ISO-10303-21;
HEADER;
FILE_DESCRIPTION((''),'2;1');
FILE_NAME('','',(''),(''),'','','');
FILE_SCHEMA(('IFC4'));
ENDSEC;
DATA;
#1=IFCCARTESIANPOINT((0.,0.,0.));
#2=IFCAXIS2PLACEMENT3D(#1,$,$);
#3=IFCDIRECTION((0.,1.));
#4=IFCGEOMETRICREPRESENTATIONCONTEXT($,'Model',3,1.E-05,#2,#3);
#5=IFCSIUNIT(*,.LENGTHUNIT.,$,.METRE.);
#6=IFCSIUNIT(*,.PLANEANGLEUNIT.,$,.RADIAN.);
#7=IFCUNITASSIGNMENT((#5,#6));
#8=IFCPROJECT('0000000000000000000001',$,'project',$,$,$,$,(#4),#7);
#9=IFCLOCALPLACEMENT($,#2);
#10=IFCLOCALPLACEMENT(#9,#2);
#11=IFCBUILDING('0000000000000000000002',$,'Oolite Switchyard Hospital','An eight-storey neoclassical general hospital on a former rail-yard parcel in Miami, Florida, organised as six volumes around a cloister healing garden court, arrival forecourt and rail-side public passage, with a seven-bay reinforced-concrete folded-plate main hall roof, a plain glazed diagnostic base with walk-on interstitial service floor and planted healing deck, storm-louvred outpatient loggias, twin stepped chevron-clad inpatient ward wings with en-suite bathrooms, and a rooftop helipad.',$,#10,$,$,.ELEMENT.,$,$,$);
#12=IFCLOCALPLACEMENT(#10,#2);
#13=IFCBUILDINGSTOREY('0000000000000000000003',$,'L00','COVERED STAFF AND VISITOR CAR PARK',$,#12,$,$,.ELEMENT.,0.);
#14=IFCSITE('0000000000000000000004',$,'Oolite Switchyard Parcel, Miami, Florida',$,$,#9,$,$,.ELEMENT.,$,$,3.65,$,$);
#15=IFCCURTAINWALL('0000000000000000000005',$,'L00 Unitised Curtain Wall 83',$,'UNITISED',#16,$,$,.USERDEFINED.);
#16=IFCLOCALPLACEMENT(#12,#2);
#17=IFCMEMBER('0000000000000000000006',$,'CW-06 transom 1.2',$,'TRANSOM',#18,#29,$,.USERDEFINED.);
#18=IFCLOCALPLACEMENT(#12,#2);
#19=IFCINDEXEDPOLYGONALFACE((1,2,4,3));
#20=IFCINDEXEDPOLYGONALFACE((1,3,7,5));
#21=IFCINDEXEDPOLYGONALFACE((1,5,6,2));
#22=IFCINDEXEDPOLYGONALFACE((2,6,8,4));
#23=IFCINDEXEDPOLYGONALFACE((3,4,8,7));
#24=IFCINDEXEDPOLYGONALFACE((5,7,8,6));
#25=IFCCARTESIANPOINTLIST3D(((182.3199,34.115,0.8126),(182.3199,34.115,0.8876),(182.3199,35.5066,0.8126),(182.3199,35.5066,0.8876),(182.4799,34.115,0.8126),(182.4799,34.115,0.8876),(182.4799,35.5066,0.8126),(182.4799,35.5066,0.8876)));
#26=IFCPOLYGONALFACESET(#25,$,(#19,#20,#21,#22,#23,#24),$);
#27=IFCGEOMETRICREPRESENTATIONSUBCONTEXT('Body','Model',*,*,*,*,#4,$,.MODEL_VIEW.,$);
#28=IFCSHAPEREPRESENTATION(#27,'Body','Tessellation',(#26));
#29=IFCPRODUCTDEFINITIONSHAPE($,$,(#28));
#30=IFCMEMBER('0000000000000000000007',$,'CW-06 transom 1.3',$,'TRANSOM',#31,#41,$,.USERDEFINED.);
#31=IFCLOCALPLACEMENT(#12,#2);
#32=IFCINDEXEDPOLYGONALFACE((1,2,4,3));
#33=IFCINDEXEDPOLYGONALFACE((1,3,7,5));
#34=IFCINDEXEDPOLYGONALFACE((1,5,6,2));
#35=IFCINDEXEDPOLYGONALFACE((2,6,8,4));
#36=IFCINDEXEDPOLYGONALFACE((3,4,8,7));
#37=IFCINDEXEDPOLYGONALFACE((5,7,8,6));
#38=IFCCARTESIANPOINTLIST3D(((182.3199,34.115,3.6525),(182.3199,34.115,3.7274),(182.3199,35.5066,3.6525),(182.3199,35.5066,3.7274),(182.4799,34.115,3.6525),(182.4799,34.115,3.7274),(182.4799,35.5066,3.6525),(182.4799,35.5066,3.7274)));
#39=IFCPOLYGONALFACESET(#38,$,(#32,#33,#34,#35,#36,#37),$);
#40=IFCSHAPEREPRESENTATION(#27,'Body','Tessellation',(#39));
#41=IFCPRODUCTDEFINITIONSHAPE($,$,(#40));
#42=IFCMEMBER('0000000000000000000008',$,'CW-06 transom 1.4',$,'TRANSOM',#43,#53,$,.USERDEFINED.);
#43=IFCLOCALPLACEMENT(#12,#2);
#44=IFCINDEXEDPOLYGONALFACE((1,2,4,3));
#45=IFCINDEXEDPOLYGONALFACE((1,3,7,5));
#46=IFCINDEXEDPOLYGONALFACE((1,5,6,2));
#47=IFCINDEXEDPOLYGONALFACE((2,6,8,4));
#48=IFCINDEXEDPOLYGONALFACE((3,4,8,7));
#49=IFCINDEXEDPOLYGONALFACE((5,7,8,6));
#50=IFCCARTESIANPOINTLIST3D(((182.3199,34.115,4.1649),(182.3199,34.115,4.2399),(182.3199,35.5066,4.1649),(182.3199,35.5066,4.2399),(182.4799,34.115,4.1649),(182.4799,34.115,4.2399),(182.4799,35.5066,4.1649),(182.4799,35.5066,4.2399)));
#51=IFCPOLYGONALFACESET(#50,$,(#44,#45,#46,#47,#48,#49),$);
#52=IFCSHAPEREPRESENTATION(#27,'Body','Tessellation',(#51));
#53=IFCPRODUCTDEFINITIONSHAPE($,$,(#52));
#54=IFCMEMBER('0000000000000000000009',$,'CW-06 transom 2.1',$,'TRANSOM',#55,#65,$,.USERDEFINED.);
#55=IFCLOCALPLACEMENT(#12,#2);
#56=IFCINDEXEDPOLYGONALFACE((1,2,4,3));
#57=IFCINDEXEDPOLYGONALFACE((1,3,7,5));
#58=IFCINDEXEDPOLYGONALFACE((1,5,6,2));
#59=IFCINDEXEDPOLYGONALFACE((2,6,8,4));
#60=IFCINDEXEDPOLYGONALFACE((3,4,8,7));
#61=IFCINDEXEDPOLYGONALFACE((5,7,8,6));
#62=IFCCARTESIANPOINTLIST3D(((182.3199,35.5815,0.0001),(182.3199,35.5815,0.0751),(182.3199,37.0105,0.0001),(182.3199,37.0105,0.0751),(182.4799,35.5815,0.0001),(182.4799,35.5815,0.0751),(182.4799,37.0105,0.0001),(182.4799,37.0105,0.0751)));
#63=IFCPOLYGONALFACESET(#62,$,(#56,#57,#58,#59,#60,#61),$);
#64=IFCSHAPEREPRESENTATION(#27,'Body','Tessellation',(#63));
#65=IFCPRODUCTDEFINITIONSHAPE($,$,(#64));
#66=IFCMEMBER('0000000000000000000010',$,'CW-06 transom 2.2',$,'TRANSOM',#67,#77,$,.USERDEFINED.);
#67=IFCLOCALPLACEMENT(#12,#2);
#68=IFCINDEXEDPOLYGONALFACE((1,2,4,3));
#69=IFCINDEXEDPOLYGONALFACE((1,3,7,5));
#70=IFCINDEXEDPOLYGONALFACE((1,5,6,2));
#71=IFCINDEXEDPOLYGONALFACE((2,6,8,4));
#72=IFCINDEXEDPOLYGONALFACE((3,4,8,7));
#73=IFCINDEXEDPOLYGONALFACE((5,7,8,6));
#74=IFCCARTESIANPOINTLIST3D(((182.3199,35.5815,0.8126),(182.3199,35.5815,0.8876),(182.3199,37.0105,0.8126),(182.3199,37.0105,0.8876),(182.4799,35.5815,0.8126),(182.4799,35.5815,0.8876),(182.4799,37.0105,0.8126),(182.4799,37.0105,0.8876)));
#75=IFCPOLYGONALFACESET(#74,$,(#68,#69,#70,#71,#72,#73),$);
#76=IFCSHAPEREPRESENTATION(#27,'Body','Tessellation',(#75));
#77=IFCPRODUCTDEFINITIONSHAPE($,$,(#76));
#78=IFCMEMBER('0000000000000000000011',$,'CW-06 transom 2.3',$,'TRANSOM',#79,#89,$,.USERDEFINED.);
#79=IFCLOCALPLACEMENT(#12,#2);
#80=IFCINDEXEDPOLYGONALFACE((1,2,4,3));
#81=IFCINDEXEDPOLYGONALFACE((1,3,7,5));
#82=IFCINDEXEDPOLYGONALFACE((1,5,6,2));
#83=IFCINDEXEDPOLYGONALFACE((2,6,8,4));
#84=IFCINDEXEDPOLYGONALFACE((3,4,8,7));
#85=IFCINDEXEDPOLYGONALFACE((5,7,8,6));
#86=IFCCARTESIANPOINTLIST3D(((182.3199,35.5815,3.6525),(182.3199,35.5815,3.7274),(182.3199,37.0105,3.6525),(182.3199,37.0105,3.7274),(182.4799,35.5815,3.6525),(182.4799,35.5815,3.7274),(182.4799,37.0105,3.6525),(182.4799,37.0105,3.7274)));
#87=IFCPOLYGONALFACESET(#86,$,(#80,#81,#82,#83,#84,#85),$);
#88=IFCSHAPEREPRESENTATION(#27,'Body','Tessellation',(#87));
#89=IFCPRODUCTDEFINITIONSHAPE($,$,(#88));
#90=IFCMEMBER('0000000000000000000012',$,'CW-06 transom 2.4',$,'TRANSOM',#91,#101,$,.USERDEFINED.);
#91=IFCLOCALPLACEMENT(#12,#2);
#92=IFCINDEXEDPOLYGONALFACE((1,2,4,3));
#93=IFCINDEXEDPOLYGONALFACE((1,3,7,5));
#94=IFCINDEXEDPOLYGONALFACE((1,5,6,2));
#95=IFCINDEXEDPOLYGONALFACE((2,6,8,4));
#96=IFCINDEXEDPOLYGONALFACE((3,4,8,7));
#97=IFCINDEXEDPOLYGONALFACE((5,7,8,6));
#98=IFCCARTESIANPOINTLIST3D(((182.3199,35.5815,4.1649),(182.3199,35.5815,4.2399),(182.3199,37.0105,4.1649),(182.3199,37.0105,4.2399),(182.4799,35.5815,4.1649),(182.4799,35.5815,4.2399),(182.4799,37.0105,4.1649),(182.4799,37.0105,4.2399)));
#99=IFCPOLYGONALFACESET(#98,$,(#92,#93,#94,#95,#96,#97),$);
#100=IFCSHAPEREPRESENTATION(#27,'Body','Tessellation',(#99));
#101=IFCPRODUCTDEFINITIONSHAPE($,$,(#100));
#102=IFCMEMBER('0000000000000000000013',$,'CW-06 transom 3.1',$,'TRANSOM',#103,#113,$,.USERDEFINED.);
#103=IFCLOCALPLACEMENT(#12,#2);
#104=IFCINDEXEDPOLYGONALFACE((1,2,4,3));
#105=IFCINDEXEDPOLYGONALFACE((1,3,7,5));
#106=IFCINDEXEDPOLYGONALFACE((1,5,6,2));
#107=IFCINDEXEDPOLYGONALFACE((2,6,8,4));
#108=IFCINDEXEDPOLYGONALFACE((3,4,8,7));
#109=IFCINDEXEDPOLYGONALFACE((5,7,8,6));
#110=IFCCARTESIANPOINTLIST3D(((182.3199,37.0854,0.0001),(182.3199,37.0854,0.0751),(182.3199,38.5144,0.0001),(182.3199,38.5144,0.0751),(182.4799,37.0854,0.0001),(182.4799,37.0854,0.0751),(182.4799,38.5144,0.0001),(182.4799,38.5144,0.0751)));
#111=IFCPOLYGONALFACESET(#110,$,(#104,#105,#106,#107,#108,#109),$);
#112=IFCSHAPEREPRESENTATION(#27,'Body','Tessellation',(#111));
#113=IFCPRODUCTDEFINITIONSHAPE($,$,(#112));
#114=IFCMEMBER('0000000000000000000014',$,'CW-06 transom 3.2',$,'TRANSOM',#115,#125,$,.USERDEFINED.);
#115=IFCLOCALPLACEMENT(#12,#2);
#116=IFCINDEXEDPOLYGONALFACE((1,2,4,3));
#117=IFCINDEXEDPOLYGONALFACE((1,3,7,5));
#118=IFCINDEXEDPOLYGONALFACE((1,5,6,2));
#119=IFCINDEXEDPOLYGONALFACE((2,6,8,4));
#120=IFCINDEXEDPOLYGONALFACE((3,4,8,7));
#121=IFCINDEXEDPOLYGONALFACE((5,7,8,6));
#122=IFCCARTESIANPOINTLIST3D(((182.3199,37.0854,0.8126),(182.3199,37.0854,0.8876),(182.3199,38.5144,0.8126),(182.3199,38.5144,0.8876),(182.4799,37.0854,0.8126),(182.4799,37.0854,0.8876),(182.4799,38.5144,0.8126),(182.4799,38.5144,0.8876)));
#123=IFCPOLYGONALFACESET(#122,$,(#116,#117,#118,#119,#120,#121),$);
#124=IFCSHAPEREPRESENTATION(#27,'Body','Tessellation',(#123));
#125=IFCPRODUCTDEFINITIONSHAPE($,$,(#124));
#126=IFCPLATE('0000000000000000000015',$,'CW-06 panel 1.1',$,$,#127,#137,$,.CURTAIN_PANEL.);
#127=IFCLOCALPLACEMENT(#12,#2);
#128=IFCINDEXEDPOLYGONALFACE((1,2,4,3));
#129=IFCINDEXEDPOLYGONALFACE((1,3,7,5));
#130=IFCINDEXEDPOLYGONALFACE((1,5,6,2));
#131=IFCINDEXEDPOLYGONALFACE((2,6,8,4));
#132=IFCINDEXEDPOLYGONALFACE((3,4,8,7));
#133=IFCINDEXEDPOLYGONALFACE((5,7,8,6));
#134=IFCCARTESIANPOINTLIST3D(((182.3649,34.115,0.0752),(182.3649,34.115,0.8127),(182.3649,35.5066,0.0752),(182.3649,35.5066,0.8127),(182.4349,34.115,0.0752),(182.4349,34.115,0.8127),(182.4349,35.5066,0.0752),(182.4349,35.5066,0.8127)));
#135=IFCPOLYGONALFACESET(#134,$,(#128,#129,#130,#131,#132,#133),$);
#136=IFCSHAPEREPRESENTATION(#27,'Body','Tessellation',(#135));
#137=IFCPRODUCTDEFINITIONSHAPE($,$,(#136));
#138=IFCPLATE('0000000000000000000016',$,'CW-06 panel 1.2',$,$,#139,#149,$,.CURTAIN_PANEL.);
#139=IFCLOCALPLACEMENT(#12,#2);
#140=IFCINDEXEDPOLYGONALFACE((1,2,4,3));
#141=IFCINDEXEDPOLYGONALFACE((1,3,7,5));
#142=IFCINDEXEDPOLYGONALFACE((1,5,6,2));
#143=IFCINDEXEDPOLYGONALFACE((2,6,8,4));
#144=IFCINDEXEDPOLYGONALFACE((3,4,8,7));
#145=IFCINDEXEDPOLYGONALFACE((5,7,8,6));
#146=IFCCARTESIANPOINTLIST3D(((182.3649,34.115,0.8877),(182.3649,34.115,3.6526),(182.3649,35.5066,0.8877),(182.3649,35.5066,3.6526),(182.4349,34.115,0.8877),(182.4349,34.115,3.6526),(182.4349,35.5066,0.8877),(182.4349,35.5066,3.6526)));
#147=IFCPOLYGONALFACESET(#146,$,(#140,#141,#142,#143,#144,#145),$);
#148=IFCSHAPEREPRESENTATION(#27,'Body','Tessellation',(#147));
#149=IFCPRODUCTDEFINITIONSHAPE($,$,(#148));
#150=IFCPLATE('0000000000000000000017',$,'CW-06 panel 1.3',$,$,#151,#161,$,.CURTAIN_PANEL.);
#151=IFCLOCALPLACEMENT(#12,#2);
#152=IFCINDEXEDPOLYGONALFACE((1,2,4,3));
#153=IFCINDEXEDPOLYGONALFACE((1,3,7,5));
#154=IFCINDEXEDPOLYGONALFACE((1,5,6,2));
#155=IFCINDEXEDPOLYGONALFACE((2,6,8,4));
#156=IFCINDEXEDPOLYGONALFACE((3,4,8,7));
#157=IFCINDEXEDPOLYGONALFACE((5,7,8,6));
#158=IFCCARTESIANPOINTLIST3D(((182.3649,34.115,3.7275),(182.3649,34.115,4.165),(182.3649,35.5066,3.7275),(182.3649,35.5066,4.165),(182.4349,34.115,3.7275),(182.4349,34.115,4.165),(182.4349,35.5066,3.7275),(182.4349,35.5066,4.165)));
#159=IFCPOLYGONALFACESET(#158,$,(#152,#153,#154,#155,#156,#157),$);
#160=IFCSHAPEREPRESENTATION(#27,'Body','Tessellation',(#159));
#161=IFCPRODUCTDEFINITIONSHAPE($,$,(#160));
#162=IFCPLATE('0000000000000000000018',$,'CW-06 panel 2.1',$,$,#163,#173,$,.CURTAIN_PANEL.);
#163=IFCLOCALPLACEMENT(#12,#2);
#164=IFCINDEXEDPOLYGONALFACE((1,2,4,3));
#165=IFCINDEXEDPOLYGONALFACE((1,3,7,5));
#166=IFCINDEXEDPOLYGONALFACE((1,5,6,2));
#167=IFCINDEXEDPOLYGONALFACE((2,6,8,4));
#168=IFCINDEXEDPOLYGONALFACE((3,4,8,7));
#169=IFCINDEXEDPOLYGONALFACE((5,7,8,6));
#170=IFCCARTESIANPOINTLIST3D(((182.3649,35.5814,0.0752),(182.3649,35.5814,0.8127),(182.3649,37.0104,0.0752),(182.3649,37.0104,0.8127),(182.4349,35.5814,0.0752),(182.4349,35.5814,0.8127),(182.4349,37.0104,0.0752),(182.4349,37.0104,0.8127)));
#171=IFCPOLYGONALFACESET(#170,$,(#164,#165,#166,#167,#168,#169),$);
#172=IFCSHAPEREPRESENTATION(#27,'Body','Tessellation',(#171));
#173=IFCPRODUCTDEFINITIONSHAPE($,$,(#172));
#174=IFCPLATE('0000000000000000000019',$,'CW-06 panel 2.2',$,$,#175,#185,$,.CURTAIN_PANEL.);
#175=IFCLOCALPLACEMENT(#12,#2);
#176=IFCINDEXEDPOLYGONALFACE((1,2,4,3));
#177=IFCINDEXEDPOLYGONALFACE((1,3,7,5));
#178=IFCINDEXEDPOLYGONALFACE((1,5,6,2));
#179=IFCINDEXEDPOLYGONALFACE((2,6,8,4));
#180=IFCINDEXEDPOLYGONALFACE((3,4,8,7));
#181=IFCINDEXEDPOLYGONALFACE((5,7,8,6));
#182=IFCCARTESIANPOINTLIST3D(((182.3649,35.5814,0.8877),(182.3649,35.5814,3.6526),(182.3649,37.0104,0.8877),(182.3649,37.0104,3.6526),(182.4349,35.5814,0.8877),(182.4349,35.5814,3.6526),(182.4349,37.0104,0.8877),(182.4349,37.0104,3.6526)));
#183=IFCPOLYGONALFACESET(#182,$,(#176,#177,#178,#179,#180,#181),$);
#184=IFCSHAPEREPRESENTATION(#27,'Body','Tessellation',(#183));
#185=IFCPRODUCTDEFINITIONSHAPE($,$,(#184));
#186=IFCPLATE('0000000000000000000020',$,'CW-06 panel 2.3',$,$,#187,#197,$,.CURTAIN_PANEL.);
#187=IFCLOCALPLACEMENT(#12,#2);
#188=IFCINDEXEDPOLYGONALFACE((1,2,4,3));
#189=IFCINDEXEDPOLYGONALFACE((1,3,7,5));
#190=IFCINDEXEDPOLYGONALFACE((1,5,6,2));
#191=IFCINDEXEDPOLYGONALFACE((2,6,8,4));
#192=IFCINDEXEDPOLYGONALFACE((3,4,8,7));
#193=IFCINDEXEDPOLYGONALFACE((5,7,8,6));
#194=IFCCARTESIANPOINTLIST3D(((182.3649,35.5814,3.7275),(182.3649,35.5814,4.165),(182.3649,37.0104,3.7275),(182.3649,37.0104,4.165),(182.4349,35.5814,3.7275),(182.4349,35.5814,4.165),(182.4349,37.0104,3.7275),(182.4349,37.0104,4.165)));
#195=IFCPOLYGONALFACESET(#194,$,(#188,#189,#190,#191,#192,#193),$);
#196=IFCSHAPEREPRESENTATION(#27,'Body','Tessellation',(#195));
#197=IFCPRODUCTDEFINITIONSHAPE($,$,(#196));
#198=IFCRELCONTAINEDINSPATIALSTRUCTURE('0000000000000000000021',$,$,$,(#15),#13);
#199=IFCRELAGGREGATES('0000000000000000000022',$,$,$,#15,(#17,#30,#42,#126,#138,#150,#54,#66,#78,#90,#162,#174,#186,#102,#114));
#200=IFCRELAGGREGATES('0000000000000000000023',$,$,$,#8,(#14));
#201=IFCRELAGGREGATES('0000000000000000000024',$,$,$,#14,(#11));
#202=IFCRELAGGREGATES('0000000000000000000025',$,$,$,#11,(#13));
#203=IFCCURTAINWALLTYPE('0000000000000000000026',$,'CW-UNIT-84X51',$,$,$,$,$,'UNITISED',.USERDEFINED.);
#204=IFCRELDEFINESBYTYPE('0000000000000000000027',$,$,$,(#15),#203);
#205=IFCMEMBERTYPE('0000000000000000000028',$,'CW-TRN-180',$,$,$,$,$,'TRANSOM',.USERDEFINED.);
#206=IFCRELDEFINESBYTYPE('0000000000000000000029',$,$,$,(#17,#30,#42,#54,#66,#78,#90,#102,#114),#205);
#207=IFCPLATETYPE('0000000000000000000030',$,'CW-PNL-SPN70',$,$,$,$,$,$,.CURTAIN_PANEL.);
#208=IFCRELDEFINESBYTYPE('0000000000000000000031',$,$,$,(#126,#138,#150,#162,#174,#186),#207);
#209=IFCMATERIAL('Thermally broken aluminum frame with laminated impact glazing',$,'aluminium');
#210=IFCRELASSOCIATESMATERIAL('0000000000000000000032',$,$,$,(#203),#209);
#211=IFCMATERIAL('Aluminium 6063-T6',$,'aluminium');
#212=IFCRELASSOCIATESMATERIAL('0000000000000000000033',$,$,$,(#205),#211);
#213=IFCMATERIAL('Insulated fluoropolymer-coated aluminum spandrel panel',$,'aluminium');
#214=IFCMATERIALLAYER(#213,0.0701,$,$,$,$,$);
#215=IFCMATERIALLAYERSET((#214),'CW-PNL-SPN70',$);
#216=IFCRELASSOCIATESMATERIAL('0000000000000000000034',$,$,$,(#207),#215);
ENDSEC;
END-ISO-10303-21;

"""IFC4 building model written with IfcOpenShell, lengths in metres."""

from ifc_helpers import new_model, si_unit, direction, frame, origin, origin_2d, place, context, subcontext, project, spatial, rectangle, extrude, material, layer, layer_set, material_profile, profile_set, type_object, element, aggregate, save


model = new_model("IFC4")

# Units and contexts
model_context = context("Model", 3, precision=1e-05, world=origin(), true_north=direction((0.0, 1.0)))
body_context = subcontext(model_context, "Body", "Model", "MODEL_VIEW")
ifc_project = project(units=[si_unit("LENGTHUNIT", "METRE"), si_unit("PLANEANGLEUNIT", "RADIAN")], contexts=[model_context])

# Site, building, storey
site_placement = place(None, origin())
site = spatial("IfcSite", under=ifc_project, at=site_placement, Name="Oolite Switchyard Parcel, Miami, Florida", CompositionType="ELEMENT", RefElevation=3.65)
building_placement = place(site_placement, origin())
building = spatial("IfcBuilding", under=site, at=building_placement, Name="Oolite Switchyard Hospital", Description="An eight-storey neoclassical general hospital on a former rail-yard parcel in Miami, Florida, organised as six volumes around a cloister healing garden court, arrival forecourt and rail-side public passage, with a seven-bay reinforced-concrete folded-plate main hall roof, a plain glazed diagnostic base with walk-on interstitial service floor and planted healing deck, storm-louvred outpatient loggias, twin stepped chevron-clad inpatient ward wings with en-suite bathrooms, and a rooftop helipad.", CompositionType="ELEMENT")
storey_placement = place(building_placement, origin())
storey = spatial("IfcBuildingStorey", under=building, at=storey_placement, Name="L00", Description="COVERED STAFF AND VISITOR CAR PARK", CompositionType="ELEMENT", Elevation=0.0)

# Shared definitions
ifc_material_1 = material(Name="Thermally broken aluminum frame with laminated impact glazing", Category="aluminium")
curtain_wall_type = type_object("IfcCurtainWallType", Name="CW-UNIT-84X51", ElementType="UNITISED", PredefinedType="USERDEFINED", material=ifc_material_1)
ifc_material_2 = material(Name="Aluminium 6063-T6", Category="aluminium")

# Curtain wall, members, plates
curtain_wall_1_placement = place(storey_placement, origin())
curtain_wall_1 = element("IfcCurtainWall", 1, at=curtain_wall_1_placement, inside=storey, type_object=curtain_wall_type, Name="L00 Unitised Curtain Wall 83", ObjectType="UNITISED", PredefinedType="USERDEFINED")
ifc_material_profile_1 = material_profile(ifc_material_2, rectangle(XDim=0.1599, YDim=0.075, at=origin_2d()), Name="CWT75X160")
ifc_profile_set_1 = profile_set([ifc_material_profile_1], Name="Aluminium 6063-T6")
member_type_1 = type_object("IfcMemberType", Name="CW-TRN-180", ElementType="TRANSOM", PredefinedType="USERDEFINED", material=ifc_profile_set_1)
member_1_placement = place(storey_placement, frame((182.3999, 34.115, 0.8501), z_axis=(0.0, 1.0, 0.0), x_axis=(-1.0, 0.0, 0.0)))
member_1 = element("IfcMember", 2, at=member_1_placement, type_object=member_type_1, Name="CW-06 transom 1.2", ObjectType="TRANSOM", PredefinedType="USERDEFINED", context=body_context, shape_type="SweptSolid", body=[
    extrude(rectangle(XDim=0.1599, YDim=0.075, at=origin_2d()), origin(), (0.0, 0.0, 1.0), 1.3916),
])
member_2_placement = place(storey_placement, frame((182.3999, 34.115, 3.6899), z_axis=(0.0, 1.0, 0.0), x_axis=(-1.0, 0.0, 0.0)))
member_2 = element("IfcMember", 3, at=member_2_placement, type_object=member_type_1, Name="CW-06 transom 1.3", ObjectType="TRANSOM", PredefinedType="USERDEFINED", context=body_context, shape_type="SweptSolid", body=[
    extrude(rectangle(XDim=0.1599, YDim=0.075, at=origin_2d()), origin(), (0.0, 0.0, 1.0), 1.3916),
])
member_3_placement = place(storey_placement, frame((182.3999, 34.115, 4.2024), z_axis=(0.0, 1.0, 0.0), x_axis=(-1.0, 0.0, 0.0)))
member_3 = element("IfcMember", 4, at=member_3_placement, type_object=member_type_1, Name="CW-06 transom 1.4", ObjectType="TRANSOM", PredefinedType="USERDEFINED", context=body_context, shape_type="SweptSolid", body=[
    extrude(rectangle(XDim=0.1599, YDim=0.075, at=origin_2d()), origin(), (0.0, 0.0, 1.0), 1.3916),
])
member_4_placement = place(storey_placement, frame((182.3999, 35.5815, 0.0376), z_axis=(0.0, 1.0, 0.0), x_axis=(-1.0, 0.0, 0.0)))
member_4 = element("IfcMember", 5, at=member_4_placement, type_object=member_type_1, Name="CW-06 transom 2.1", ObjectType="TRANSOM", PredefinedType="USERDEFINED", context=body_context, shape_type="SweptSolid", body=[
    extrude(rectangle(XDim=0.1599, YDim=0.075, at=origin_2d()), origin(), (0.0, 0.0, 1.0), 1.429),
])
member_5_placement = place(storey_placement, frame((182.3999, 35.5815, 0.8501), z_axis=(0.0, 1.0, 0.0), x_axis=(-1.0, 0.0, 0.0)))
member_5 = element("IfcMember", 6, at=member_5_placement, type_object=member_type_1, Name="CW-06 transom 2.2", ObjectType="TRANSOM", PredefinedType="USERDEFINED", context=body_context, shape_type="SweptSolid", body=[
    extrude(rectangle(XDim=0.1599, YDim=0.075, at=origin_2d()), origin(), (0.0, 0.0, 1.0), 1.429),
])
member_6_placement = place(storey_placement, frame((182.3999, 35.5815, 3.6899), z_axis=(0.0, 1.0, 0.0), x_axis=(-1.0, 0.0, 0.0)))
member_6 = element("IfcMember", 7, at=member_6_placement, type_object=member_type_1, Name="CW-06 transom 2.3", ObjectType="TRANSOM", PredefinedType="USERDEFINED", context=body_context, shape_type="SweptSolid", body=[
    extrude(rectangle(XDim=0.1599, YDim=0.075, at=origin_2d()), origin(), (0.0, 0.0, 1.0), 1.429),
])
member_7_placement = place(storey_placement, frame((182.3999, 35.5815, 4.2024), z_axis=(0.0, 1.0, 0.0), x_axis=(-1.0, 0.0, 0.0)))
member_7 = element("IfcMember", 8, at=member_7_placement, type_object=member_type_1, Name="CW-06 transom 2.4", ObjectType="TRANSOM", PredefinedType="USERDEFINED", context=body_context, shape_type="SweptSolid", body=[
    extrude(rectangle(XDim=0.1599, YDim=0.075, at=origin_2d()), origin(), (0.0, 0.0, 1.0), 1.429),
])
member_8_placement = place(storey_placement, frame((182.3999, 37.0854, 0.0376), z_axis=(0.0, 1.0, 0.0), x_axis=(-1.0, 0.0, 0.0)))
member_8 = element("IfcMember", 9, at=member_8_placement, type_object=member_type_1, Name="CW-06 transom 3.1", ObjectType="TRANSOM", PredefinedType="USERDEFINED", context=body_context, shape_type="SweptSolid", body=[
    extrude(rectangle(XDim=0.1599, YDim=0.075, at=origin_2d()), origin(), (0.0, 0.0, 1.0), 1.429),
])
member_9_placement = place(storey_placement, frame((182.3999, 37.0854, 0.8501), z_axis=(0.0, 1.0, 0.0), x_axis=(-1.0, 0.0, 0.0)))
member_9 = element("IfcMember", 10, at=member_9_placement, type_object=member_type_1, Name="CW-06 transom 3.2", ObjectType="TRANSOM", PredefinedType="USERDEFINED", context=body_context, shape_type="SweptSolid", body=[
    extrude(rectangle(XDim=0.1599, YDim=0.075, at=origin_2d()), origin(), (0.0, 0.0, 1.0), 1.429),
])
ifc_material_3 = material(Name="Insulated fluoropolymer-coated aluminum spandrel panel", Category="aluminium")
ifc_layer = layer(ifc_material_3, 0.0701)
ifc_layer_set = layer_set([ifc_layer], Name="CW-PNL-SPN70")
plate_type = type_object("IfcPlateType", Name="CW-PNL-SPN70", PredefinedType="CURTAIN_PANEL", material=ifc_layer_set)
plate_1_placement = place(storey_placement, frame((182.3999, 34.8108, 0.0752), z_axis=(0.0, 0.0, 1.0), x_axis=(0.0, 1.0, 0.0)))
plate_1 = element("IfcPlate", 11, at=plate_1_placement, type_object=plate_type, Name="CW-06 panel 1.1", PredefinedType="CURTAIN_PANEL", context=body_context, shape_type="SweptSolid", body=[
    extrude(rectangle(XDim=1.3916, YDim=0.0701, at=origin_2d()), origin(), (0.0, 0.0, 1.0), 0.7375),
])
plate_2_placement = place(storey_placement, frame((182.3999, 34.8108, 0.8877), z_axis=(0.0, 0.0, 1.0), x_axis=(0.0, 1.0, 0.0)))
plate_2 = element("IfcPlate", 12, at=plate_2_placement, type_object=plate_type, Name="CW-06 panel 1.2", PredefinedType="CURTAIN_PANEL", context=body_context, shape_type="SweptSolid", body=[
    extrude(rectangle(XDim=1.3916, YDim=0.0701, at=origin_2d()), origin(), (0.0, 0.0, 1.0), 2.7649),
])
plate_3_placement = place(storey_placement, frame((182.3999, 34.8108, 3.7275), z_axis=(0.0, 0.0, 1.0), x_axis=(0.0, 1.0, 0.0)))
plate_3 = element("IfcPlate", 13, at=plate_3_placement, type_object=plate_type, Name="CW-06 panel 1.3", PredefinedType="CURTAIN_PANEL", context=body_context, shape_type="SweptSolid", body=[
    extrude(rectangle(XDim=1.3916, YDim=0.0701, at=origin_2d()), origin(), (0.0, 0.0, 1.0), 0.4375),
])
plate_4_placement = place(storey_placement, frame((182.3999, 36.2959, 0.0752), z_axis=(0.0, 0.0, 1.0), x_axis=(0.0, 1.0, 0.0)))
plate_4 = element("IfcPlate", 14, at=plate_4_placement, type_object=plate_type, Name="CW-06 panel 2.1", PredefinedType="CURTAIN_PANEL", context=body_context, shape_type="SweptSolid", body=[
    extrude(rectangle(XDim=1.429, YDim=0.0701, at=origin_2d()), origin(), (0.0, 0.0, 1.0), 0.7375),
])
plate_5_placement = place(storey_placement, frame((182.3999, 36.2959, 0.8877), z_axis=(0.0, 0.0, 1.0), x_axis=(0.0, 1.0, 0.0)))
plate_5 = element("IfcPlate", 15, at=plate_5_placement, type_object=plate_type, Name="CW-06 panel 2.2", PredefinedType="CURTAIN_PANEL", context=body_context, shape_type="SweptSolid", body=[
    extrude(rectangle(XDim=1.429, YDim=0.0701, at=origin_2d()), origin(), (0.0, 0.0, 1.0), 2.7649),
])
plate_6_placement = place(storey_placement, frame((182.3999, 36.2959, 3.7275), z_axis=(0.0, 0.0, 1.0), x_axis=(0.0, 1.0, 0.0)))
plate_6 = element("IfcPlate", 16, at=plate_6_placement, type_object=plate_type, Name="CW-06 panel 2.3", PredefinedType="CURTAIN_PANEL", context=body_context, shape_type="SweptSolid", body=[
    extrude(rectangle(XDim=1.429, YDim=0.0701, at=origin_2d()), origin(), (0.0, 0.0, 1.0), 0.4375),
])
aggregate(curtain_wall_1, [member_1, member_2, member_3, plate_1, plate_2, plate_3, member_4, member_5, member_6, member_7, plate_4, plate_5, plate_6, member_8, member_9])

save(model, "model.ifc")
